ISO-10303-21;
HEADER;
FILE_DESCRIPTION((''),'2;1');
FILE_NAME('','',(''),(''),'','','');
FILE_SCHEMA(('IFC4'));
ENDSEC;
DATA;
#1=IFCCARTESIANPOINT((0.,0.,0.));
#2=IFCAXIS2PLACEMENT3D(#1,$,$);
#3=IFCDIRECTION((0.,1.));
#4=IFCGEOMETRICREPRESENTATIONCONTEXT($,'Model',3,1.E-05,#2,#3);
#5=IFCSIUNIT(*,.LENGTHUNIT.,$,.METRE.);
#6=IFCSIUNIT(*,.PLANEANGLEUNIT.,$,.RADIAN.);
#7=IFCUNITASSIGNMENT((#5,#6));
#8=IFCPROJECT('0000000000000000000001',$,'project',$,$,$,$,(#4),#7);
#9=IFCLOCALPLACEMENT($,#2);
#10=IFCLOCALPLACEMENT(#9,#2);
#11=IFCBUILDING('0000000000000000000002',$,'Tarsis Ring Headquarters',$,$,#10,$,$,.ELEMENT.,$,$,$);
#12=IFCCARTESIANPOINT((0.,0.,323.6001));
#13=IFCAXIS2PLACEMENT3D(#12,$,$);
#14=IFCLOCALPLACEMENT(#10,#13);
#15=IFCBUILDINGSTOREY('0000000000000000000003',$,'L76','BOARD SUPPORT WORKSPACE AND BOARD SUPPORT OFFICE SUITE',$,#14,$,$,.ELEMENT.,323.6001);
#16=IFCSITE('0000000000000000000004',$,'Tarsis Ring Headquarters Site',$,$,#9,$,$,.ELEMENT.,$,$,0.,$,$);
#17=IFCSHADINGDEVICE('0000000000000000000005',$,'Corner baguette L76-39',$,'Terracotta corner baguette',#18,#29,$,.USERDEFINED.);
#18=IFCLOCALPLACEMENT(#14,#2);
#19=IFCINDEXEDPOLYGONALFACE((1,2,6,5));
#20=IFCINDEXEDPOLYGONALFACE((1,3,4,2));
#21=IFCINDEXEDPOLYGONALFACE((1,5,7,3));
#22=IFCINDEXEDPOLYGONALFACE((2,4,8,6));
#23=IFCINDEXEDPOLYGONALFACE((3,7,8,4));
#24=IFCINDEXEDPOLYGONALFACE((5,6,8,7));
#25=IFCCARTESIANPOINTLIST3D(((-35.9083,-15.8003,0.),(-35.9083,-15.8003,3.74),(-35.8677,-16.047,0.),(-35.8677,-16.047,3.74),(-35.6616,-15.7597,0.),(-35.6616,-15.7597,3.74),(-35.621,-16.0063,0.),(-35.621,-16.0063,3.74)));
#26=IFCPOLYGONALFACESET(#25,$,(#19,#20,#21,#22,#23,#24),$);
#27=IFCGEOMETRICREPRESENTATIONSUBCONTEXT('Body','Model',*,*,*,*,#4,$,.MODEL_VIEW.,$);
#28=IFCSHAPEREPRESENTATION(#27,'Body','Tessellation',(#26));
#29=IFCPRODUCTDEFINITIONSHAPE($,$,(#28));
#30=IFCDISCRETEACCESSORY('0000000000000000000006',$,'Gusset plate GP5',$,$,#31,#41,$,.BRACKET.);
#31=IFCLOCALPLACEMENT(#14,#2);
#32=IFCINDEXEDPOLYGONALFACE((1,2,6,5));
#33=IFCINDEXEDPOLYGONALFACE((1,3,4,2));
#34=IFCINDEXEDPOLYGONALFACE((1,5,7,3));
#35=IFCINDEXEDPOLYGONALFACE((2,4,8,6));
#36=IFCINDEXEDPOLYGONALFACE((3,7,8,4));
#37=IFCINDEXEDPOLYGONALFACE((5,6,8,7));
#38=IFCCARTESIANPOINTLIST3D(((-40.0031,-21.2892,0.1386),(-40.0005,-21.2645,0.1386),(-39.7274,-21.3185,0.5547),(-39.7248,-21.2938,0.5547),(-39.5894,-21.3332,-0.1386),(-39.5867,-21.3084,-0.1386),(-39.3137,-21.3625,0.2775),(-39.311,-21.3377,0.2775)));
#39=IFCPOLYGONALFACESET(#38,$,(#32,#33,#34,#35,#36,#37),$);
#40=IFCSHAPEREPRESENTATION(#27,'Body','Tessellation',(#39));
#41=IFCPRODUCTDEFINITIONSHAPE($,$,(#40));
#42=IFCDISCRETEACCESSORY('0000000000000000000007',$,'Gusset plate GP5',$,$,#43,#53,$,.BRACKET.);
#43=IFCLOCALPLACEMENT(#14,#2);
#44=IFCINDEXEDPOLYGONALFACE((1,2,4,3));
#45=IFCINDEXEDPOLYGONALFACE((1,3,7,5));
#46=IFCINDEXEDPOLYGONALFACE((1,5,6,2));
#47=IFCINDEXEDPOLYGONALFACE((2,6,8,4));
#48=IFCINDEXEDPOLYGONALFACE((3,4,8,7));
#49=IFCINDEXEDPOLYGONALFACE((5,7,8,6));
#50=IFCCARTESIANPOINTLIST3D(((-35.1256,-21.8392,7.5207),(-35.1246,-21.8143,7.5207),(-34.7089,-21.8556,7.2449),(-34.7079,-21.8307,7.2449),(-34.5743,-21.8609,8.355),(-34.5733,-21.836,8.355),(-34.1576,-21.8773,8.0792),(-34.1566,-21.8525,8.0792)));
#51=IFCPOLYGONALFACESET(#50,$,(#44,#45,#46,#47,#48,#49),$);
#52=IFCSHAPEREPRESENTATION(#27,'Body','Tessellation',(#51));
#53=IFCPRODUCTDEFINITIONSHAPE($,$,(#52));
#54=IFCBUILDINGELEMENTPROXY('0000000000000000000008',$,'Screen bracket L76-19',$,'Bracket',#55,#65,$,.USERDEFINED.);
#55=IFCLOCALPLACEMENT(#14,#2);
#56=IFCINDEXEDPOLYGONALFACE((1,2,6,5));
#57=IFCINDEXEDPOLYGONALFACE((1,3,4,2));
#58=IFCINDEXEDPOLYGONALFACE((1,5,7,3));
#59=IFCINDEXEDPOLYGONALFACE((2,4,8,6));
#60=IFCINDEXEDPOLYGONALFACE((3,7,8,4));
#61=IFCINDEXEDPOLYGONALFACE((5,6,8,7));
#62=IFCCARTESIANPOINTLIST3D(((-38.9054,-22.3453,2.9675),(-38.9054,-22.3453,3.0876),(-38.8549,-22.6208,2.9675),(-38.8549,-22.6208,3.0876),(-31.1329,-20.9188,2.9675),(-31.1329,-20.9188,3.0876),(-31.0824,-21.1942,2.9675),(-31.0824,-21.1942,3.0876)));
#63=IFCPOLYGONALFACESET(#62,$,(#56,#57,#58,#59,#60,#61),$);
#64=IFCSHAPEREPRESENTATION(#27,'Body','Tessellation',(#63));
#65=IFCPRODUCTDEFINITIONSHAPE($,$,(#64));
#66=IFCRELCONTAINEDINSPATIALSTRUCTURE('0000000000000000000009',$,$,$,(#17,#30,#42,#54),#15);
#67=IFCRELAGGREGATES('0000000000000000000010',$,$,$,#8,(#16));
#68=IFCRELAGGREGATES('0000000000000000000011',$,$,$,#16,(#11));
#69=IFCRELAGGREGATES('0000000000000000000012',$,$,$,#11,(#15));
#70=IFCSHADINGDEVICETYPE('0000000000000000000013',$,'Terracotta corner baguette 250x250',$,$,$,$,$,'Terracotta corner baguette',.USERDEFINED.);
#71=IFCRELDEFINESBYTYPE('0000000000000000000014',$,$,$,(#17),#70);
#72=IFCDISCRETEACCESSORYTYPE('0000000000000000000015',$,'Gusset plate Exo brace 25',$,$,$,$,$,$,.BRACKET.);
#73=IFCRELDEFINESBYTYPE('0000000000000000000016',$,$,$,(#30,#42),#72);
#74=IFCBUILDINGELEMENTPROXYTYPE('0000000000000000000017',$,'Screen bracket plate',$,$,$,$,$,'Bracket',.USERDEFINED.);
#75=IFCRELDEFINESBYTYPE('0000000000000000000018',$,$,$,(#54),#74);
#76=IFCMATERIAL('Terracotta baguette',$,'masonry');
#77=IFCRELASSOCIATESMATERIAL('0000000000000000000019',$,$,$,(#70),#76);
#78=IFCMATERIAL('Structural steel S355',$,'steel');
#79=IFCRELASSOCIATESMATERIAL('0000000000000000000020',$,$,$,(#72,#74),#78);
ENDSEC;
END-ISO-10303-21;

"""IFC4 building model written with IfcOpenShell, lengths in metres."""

from ifc_helpers import new_model, si_unit, direction, frame, origin, origin_2d, place, context, subcontext, project, spatial, rectangle, extrude, material, material_profile, profile_set, type_object, element, save


model = new_model("IFC4")

# Units and contexts
model_context = context("Model", 3, precision=1e-05, world=origin(), true_north=direction((0.0, 1.0)))
body_context = subcontext(model_context, "Body", "Model", "MODEL_VIEW")
ifc_project = project(units=[si_unit("LENGTHUNIT", "METRE"), si_unit("PLANEANGLEUNIT", "RADIAN")], contexts=[model_context])

# Site, building, storey
site_placement = place(None, origin())
site = spatial("IfcSite", under=ifc_project, at=site_placement, Name="Tarsis Ring Headquarters Site", CompositionType="ELEMENT", RefElevation=0.0)
building_placement = place(site_placement, origin())
building = spatial("IfcBuilding", under=site, at=building_placement, Name="Tarsis Ring Headquarters", CompositionType="ELEMENT")
storey_placement = place(building_placement, frame((0.0, 0.0, 323.6001)))
storey = spatial("IfcBuildingStorey", under=building, at=storey_placement, Name="L76", Description="BOARD SUPPORT WORKSPACE AND BOARD SUPPORT OFFICE SUITE", CompositionType="ELEMENT", Elevation=323.6001)

# Shared definitions
ifc_material_1 = material(Name="Structural steel S355", Category="steel")

# Shading device
ifc_material_2 = material(Name="Terracotta baguette", Category="masonry")
shading_device_type_1 = type_object("IfcShadingDeviceType", Name="Terracotta corner baguette 250x250", ElementType="Terracotta corner baguette", PredefinedType="USERDEFINED", material=ifc_material_2)
for number, where, z_axis, x_axis, name in (
    (1, (-35.7646, -15.9033, 0.0), (0.0, 0.0, 1.0), (0.162637, -0.986686, 0.0), "Corner baguette L76-39"),
):
    element("IfcShadingDevice", number, at=place(storey_placement, frame(where, z_axis=z_axis, x_axis=x_axis)), inside=storey, type_object=shading_device_type_1, Name=name, ObjectType="Terracotta corner baguette", PredefinedType="USERDEFINED", context=body_context, shape_type="SweptSolid", body=[
        extrude(rectangle(XDim=0.25, YDim=0.25, at=origin_2d()), origin(), (0.0, 0.0, 1.0), 3.74),
    ])

# Discrete accessories
ifc_material_profile_1 = material_profile(ifc_material_1, rectangle(XDim=0.0249, YDim=0.5, at=origin_2d()), Name="PL 25x500")
ifc_profile_set_1 = profile_set([ifc_material_profile_1], Name="Structural steel S355")
discrete_accessory_type = type_object("IfcDiscreteAccessoryType", Name="Gusset plate Exo brace 25", PredefinedType="BRACKET", material=ifc_profile_set_1)
discrete_accessory_1_placement = place(storey_placement, frame((-39.7949, -21.2988, 0.0), z_axis=(0.551378, -0.058605, 0.832195), x_axis=(0.105693, 0.994399, 0.0)))
element("IfcDiscreteAccessory", 2, at=discrete_accessory_1_placement, inside=storey, type_object=discrete_accessory_type, Name="Gusset plate GP5", PredefinedType="BRACKET", context=body_context, shape_type="SweptSolid", body=[
    extrude(rectangle(XDim=0.0249, YDim=0.5, at=origin_2d()), origin(), (0.0, 0.0, 1.0), 0.5),
])
discrete_accessory_2_placement = place(storey_placement, frame((-34.9167, -21.835, 7.3828), z_axis=(0.551185, -0.021725, 0.8341), x_axis=(0.039385, 0.999224, 0.0)))
element("IfcDiscreteAccessory", 3, at=discrete_accessory_2_placement, inside=storey, type_object=discrete_accessory_type, Name="Gusset plate GP5", PredefinedType="BRACKET", context=body_context, shape_type="SweptSolid", body=[
    extrude(rectangle(XDim=0.0249, YDim=0.5, at=origin_2d()), origin(), (0.0, 0.0, 1.0), 1.0002),
])

# Building element proxy
building_element_proxy_type = type_object("IfcBuildingElementProxyType", Name="Screen bracket plate", ElementType="Bracket", PredefinedType="USERDEFINED", material=ifc_material_1)
proxy_placement = place(storey_placement, frame((-34.9939, -21.7698, 2.9675), z_axis=(0.0, 0.0, 1.0), x_axis=(0.983571, 0.180519, 0.0)))
element("IfcBuildingElementProxy", 4, at=proxy_placement, inside=storey, type_object=building_element_proxy_type, Name="Screen bracket L76-19", ObjectType="Bracket", PredefinedType="USERDEFINED", context=body_context, shape_type="SweptSolid", body=[
    extrude(rectangle(XDim=7.9023, YDim=0.28, at=origin_2d()), origin(), (0.0, 0.0, 1.0), 0.1201),
])

save(model, "model.ifc")
